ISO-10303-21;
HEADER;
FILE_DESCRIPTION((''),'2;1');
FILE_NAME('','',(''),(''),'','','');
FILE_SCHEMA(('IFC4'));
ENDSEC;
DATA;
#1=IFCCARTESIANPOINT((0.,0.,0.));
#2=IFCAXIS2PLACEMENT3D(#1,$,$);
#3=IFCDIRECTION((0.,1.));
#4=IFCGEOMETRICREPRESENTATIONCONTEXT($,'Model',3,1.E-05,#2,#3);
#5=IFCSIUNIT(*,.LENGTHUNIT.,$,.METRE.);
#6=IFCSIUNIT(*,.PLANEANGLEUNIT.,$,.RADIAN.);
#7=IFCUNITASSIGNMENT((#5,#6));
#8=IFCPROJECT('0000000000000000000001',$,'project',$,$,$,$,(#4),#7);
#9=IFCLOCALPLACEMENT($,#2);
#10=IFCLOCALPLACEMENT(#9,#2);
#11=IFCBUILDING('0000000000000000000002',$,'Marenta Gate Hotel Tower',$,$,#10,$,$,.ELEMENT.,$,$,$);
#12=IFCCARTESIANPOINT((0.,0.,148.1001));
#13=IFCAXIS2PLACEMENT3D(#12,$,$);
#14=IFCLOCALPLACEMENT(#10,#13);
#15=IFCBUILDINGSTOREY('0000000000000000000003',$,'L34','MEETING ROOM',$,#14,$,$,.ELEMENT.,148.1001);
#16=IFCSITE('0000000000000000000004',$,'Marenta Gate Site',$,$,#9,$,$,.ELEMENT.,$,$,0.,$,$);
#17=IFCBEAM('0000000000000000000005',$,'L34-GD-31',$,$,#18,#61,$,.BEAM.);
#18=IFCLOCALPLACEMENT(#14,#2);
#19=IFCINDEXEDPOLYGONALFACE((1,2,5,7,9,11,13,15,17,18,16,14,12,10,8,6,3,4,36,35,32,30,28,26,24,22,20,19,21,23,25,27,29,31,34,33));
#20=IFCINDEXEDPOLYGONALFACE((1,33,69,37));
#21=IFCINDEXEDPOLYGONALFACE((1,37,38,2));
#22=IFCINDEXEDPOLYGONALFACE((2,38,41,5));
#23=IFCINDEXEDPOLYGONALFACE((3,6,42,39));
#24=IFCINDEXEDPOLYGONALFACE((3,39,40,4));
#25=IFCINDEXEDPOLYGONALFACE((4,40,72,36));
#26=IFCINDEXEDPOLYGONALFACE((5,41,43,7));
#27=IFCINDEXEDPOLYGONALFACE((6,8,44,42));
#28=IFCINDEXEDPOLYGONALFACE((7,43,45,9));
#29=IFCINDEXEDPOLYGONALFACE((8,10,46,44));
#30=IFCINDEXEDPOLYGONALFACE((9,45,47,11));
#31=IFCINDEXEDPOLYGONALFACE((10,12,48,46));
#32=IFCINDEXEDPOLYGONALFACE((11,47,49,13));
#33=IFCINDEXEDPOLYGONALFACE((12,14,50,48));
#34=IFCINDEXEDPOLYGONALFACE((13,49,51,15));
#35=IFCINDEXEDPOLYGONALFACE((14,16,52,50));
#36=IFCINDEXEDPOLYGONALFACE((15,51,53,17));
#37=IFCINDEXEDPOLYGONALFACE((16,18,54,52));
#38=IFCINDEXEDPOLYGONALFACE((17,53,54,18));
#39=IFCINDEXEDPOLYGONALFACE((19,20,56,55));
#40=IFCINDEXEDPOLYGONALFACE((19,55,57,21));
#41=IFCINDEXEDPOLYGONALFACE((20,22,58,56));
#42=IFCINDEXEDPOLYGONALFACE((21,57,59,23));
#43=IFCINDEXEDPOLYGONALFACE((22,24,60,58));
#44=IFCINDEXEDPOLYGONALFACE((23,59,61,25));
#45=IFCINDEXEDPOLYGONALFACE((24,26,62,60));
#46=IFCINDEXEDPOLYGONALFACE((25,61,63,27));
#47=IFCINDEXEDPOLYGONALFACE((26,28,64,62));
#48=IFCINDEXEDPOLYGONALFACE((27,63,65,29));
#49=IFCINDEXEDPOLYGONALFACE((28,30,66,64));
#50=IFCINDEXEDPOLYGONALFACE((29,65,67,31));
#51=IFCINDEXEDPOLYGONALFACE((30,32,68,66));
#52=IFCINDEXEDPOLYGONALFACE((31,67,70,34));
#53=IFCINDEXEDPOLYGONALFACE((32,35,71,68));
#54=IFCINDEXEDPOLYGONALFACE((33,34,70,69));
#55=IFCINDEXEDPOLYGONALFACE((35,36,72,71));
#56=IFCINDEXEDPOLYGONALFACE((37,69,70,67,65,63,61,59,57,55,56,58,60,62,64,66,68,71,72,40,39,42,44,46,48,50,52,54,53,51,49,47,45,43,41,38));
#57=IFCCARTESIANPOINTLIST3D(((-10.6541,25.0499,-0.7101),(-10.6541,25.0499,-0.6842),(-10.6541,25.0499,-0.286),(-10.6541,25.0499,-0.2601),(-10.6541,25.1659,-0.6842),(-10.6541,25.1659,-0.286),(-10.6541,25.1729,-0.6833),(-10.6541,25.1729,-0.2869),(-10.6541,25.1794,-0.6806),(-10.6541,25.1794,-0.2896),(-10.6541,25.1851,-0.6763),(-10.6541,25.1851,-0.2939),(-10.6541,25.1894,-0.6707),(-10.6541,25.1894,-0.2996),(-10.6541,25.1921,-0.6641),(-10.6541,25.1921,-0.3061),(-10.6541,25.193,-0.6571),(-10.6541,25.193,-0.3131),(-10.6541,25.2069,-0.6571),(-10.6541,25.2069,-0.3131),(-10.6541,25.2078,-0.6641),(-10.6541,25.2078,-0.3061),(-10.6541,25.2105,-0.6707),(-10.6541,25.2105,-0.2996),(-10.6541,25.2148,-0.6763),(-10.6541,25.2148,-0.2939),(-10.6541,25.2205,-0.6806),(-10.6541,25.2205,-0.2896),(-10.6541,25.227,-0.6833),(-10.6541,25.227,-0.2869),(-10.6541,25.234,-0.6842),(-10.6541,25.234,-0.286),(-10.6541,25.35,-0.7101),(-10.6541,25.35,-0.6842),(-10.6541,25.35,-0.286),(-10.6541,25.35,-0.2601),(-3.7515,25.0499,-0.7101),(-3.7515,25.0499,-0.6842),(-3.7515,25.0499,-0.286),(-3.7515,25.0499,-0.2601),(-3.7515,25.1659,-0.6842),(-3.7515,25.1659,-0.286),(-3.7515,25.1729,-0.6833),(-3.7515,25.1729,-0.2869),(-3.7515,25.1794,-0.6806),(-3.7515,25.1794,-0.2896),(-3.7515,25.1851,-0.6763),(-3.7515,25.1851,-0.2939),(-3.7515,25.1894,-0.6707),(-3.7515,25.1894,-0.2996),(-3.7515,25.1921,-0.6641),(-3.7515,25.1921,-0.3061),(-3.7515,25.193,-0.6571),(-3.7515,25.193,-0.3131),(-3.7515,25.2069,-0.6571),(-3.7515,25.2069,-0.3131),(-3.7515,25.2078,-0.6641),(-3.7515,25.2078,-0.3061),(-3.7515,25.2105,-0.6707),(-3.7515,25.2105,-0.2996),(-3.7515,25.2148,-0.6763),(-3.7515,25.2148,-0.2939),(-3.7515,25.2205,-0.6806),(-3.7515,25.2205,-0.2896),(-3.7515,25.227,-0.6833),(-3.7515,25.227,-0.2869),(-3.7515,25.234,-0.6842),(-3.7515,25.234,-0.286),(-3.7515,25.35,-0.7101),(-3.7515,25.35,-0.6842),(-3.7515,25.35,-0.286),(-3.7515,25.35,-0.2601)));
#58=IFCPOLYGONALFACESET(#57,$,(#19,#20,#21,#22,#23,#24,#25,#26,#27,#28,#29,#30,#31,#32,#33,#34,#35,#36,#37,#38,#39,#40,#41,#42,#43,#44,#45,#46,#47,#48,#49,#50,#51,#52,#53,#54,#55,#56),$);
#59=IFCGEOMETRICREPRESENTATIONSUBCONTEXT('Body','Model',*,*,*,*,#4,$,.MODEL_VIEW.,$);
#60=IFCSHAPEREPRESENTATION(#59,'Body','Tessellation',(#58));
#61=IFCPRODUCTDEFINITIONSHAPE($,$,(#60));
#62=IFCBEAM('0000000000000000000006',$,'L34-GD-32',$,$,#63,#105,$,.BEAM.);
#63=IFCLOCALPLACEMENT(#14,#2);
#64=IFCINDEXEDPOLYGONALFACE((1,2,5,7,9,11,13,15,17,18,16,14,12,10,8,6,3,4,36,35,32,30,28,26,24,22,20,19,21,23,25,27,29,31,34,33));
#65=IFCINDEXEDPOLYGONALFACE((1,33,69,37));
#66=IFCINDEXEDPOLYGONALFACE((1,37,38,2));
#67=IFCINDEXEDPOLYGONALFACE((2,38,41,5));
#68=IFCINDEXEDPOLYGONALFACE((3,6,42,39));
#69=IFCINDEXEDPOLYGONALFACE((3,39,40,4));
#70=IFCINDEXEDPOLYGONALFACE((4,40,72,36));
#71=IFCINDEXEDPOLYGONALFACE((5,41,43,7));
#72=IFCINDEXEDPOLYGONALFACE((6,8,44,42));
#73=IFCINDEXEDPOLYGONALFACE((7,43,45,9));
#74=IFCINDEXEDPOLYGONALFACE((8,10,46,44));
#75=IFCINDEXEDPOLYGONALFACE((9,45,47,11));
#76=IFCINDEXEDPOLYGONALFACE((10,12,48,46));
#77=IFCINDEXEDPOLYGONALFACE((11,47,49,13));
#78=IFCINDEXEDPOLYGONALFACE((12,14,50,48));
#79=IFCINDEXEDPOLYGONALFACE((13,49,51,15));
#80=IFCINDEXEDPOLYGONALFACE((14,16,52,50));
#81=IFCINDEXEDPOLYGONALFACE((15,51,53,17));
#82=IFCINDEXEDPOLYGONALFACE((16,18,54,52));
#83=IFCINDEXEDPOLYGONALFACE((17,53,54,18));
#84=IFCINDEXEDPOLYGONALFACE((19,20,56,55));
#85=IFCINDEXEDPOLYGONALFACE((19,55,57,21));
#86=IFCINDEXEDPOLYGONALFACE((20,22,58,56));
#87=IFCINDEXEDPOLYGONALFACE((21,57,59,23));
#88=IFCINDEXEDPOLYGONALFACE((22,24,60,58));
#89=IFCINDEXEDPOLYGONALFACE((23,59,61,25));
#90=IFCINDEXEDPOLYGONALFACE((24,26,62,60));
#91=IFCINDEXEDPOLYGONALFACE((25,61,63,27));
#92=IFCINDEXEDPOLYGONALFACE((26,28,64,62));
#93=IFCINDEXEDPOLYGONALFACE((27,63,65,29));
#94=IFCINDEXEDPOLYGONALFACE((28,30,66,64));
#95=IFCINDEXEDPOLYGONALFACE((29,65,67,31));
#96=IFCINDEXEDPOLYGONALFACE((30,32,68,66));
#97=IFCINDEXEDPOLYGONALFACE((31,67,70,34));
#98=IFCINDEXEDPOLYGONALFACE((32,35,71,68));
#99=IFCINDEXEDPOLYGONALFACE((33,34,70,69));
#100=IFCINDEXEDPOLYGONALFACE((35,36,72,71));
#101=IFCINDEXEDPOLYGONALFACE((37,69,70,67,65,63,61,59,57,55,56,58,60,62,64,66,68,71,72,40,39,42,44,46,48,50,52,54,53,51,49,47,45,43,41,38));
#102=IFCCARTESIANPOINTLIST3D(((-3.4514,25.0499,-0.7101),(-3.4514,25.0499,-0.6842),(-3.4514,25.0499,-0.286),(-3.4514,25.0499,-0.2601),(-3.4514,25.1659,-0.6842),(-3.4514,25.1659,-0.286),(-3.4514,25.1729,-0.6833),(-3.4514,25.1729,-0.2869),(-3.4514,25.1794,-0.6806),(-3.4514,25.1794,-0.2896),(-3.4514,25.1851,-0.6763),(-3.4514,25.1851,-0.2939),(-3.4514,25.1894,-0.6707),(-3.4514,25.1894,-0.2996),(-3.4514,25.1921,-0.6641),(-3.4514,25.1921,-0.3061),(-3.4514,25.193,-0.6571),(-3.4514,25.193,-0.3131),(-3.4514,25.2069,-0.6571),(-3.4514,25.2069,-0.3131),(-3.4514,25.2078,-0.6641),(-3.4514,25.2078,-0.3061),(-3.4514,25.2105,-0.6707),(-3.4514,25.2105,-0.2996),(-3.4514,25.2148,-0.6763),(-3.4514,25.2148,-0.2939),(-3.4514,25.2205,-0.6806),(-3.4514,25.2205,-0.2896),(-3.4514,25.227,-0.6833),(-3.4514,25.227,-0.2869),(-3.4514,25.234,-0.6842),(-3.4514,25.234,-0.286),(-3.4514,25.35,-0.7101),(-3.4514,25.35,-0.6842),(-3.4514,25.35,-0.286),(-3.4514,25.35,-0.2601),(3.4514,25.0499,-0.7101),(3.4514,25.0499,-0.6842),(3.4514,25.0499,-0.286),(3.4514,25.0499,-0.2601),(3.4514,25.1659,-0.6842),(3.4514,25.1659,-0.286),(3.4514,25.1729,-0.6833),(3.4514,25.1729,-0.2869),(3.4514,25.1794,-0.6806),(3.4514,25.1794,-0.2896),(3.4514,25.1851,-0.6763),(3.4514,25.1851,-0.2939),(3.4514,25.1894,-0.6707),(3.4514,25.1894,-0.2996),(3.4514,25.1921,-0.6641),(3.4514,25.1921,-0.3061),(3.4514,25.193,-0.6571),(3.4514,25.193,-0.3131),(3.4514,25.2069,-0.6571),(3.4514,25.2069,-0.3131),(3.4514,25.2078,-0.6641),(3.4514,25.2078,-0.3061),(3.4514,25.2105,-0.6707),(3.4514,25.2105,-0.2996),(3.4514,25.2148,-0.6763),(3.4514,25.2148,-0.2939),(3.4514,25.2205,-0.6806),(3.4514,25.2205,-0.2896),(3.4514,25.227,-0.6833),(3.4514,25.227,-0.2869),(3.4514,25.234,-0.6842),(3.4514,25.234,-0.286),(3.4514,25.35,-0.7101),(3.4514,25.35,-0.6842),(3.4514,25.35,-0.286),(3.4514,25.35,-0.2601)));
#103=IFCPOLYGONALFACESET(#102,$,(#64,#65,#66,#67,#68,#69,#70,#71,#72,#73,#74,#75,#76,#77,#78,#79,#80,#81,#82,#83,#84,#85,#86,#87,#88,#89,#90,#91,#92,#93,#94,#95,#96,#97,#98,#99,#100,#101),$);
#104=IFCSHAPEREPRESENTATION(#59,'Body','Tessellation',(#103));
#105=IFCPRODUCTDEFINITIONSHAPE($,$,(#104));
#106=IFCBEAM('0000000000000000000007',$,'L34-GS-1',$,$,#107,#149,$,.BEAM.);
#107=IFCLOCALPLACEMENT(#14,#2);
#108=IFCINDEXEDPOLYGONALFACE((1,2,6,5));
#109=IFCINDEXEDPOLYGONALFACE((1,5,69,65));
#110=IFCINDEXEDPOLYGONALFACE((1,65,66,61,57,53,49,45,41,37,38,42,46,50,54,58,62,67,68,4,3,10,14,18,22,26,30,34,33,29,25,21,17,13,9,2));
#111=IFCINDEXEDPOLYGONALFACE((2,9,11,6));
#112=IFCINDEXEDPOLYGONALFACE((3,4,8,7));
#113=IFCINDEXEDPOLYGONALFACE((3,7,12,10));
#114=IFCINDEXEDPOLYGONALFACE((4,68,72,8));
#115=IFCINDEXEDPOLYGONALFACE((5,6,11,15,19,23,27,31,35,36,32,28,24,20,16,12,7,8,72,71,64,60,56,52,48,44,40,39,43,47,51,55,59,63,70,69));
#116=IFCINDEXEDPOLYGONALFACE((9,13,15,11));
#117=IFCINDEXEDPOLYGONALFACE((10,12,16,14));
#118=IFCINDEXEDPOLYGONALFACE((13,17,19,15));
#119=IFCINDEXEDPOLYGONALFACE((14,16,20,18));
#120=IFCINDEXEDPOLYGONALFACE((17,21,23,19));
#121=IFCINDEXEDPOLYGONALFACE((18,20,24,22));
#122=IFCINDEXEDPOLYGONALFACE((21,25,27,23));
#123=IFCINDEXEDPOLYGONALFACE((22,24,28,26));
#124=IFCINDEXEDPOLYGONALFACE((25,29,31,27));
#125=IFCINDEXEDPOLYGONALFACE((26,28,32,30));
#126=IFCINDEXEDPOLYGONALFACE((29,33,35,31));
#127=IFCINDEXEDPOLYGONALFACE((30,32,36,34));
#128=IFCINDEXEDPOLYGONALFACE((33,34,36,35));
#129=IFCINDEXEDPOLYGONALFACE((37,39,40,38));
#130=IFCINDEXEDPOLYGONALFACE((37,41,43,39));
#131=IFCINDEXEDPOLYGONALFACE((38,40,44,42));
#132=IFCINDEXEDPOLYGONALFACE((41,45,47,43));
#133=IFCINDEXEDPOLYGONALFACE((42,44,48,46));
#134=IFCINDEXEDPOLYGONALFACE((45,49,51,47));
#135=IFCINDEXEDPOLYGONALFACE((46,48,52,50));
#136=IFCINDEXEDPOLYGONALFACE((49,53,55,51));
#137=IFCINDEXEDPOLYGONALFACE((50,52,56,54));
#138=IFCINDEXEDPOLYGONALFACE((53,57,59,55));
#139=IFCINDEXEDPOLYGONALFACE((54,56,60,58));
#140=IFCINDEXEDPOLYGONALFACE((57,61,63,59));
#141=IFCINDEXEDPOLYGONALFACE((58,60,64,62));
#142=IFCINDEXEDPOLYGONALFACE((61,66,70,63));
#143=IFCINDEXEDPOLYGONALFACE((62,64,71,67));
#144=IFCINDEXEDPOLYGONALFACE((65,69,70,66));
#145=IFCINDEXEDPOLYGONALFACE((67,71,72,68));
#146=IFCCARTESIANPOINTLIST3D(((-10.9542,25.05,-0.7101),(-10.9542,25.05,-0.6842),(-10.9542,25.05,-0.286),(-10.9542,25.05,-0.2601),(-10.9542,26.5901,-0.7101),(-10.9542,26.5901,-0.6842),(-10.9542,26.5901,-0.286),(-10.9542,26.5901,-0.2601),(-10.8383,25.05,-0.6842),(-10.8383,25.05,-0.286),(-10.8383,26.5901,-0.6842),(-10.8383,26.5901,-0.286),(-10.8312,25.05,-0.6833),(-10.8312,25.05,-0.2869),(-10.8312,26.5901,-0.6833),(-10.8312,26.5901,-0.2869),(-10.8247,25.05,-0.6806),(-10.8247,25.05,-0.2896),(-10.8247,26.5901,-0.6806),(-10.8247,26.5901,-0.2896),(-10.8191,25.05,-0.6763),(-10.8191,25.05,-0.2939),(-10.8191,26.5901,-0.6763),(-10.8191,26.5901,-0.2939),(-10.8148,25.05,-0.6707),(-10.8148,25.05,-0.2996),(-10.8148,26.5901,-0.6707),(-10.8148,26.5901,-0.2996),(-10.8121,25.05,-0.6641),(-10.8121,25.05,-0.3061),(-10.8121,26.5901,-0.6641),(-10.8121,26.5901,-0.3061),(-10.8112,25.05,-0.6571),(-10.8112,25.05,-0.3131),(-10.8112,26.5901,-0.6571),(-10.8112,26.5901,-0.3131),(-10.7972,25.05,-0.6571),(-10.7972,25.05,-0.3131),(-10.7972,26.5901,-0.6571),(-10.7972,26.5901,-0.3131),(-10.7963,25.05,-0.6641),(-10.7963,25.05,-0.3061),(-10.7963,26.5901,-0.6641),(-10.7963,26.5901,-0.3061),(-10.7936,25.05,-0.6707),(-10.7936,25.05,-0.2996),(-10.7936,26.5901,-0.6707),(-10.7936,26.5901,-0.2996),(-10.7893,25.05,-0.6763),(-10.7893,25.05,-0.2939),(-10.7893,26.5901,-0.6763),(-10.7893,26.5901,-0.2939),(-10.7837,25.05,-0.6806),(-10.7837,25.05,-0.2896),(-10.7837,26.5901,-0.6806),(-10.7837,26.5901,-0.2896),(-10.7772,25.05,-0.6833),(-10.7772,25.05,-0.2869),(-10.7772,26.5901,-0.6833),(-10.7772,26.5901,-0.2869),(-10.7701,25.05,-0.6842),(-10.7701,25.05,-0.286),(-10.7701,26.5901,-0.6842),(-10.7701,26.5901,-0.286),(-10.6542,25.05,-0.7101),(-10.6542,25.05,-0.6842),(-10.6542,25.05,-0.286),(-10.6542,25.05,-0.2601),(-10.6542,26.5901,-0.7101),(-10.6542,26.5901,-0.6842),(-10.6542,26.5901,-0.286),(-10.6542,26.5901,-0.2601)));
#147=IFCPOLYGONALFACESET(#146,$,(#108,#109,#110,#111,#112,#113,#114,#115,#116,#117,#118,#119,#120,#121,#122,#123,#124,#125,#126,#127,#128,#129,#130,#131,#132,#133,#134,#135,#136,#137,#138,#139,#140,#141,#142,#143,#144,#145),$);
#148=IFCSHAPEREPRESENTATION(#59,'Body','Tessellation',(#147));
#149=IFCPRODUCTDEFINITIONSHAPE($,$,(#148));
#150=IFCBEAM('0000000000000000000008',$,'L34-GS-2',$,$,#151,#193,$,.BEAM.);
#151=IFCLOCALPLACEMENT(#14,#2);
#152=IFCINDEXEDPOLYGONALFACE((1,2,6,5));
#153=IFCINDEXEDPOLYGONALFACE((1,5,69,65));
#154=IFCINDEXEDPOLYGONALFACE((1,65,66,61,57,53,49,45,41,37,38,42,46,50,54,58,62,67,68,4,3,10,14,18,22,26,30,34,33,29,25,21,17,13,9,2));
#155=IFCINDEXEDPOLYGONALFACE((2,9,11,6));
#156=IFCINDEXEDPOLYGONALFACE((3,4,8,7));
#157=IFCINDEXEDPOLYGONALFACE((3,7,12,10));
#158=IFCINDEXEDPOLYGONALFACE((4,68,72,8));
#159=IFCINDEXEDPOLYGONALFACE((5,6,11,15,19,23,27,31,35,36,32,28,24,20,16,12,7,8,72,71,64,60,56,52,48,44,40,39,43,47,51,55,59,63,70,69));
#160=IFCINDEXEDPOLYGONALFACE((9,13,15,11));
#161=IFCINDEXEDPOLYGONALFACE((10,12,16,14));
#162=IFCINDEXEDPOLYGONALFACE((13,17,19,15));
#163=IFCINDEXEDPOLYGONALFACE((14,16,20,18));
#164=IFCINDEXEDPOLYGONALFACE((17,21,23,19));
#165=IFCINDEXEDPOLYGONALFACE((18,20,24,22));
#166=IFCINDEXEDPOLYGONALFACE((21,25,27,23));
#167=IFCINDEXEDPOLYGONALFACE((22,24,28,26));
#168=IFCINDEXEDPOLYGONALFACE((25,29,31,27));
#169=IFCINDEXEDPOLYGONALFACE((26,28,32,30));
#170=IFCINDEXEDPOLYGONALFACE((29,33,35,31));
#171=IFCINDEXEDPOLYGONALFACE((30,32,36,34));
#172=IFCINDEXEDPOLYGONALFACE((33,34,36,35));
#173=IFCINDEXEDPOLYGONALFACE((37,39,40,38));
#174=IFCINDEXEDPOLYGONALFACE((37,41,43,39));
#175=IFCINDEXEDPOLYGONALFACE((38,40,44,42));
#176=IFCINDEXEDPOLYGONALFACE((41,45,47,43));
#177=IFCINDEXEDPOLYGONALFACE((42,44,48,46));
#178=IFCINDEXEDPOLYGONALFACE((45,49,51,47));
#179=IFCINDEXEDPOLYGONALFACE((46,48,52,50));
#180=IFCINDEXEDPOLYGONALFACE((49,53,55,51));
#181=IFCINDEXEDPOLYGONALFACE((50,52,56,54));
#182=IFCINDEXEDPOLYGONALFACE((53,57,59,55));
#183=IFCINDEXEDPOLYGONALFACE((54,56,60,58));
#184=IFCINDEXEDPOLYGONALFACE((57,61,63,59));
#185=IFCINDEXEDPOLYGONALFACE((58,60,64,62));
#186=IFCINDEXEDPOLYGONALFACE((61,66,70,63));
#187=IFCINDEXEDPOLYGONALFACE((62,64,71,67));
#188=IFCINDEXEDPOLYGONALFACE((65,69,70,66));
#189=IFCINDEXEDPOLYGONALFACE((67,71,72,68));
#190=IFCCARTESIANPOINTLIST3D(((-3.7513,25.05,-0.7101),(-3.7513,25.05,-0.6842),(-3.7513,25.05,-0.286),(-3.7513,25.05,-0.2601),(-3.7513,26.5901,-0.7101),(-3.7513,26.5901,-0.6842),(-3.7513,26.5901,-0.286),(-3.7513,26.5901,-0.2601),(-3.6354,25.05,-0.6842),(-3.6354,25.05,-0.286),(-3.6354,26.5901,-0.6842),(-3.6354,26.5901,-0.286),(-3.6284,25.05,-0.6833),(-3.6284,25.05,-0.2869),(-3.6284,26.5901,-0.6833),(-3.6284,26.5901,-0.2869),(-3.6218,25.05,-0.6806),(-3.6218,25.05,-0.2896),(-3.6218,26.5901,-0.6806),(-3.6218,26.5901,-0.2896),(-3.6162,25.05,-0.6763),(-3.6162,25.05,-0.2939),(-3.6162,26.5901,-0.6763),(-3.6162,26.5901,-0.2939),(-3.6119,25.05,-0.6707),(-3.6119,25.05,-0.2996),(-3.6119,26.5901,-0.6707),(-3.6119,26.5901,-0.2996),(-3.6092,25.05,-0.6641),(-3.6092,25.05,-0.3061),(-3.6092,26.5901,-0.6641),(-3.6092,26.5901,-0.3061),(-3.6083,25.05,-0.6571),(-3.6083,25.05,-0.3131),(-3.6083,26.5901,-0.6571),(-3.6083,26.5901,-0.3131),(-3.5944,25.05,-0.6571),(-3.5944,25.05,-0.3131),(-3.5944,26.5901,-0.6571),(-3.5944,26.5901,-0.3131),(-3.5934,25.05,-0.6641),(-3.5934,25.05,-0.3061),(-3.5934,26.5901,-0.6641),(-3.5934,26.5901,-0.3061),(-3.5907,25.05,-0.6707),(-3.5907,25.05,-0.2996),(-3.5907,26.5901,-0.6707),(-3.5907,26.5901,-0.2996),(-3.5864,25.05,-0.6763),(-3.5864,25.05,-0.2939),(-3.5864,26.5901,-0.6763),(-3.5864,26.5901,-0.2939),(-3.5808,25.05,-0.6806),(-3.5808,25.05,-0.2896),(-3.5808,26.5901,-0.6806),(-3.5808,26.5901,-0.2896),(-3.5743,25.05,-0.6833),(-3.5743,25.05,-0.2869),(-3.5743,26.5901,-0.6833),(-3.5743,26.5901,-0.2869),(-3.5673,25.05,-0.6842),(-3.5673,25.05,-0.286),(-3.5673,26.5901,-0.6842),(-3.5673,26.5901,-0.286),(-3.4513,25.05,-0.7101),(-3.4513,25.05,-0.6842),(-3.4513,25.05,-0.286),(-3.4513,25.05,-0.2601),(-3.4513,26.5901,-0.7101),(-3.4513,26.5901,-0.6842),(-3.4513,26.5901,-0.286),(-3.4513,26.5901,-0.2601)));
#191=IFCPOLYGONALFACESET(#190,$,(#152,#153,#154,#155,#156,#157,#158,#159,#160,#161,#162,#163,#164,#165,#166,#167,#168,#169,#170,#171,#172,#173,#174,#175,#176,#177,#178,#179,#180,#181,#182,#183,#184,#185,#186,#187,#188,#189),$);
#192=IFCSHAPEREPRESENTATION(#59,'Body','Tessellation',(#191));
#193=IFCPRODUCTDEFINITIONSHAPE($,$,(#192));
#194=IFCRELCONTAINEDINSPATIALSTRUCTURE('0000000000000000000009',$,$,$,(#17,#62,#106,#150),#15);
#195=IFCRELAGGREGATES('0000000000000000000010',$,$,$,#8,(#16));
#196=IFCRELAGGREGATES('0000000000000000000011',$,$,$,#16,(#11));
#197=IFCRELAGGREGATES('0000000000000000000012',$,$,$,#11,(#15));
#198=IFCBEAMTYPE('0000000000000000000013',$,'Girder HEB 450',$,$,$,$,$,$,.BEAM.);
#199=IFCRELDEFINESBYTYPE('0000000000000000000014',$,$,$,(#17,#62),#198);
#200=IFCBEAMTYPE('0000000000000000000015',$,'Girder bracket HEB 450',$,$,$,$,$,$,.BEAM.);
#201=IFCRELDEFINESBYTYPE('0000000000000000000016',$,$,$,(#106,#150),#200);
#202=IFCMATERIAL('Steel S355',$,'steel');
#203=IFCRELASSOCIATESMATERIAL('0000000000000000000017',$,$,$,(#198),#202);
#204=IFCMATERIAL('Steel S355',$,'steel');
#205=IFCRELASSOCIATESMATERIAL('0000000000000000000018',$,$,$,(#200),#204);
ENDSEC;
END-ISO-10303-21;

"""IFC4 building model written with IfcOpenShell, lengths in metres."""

from ifc_helpers import new_model, si_unit, direction, frame, origin, origin_2d, place, context, subcontext, project, spatial, i_section, extrude, material, material_profile, profile_set, type_object, element, save


model = new_model("IFC4")

# Units and contexts
model_context = context("Model", 3, precision=1e-05, world=origin(), true_north=direction((0.0, 1.0)))
body_context = subcontext(model_context, "Body", "Model", "MODEL_VIEW")
ifc_project = project(units=[si_unit("LENGTHUNIT", "METRE"), si_unit("PLANEANGLEUNIT", "RADIAN")], contexts=[model_context])

# Site, building, storey
site_placement = place(None, origin())
site = spatial("IfcSite", under=ifc_project, at=site_placement, Name="Marenta Gate Site", CompositionType="ELEMENT", RefElevation=0.0)
building_placement = place(site_placement, origin())
building = spatial("IfcBuilding", under=site, at=building_placement, Name="Marenta Gate Hotel Tower", CompositionType="ELEMENT")
storey_placement = place(building_placement, frame((0.0, 0.0, 148.1001)))
storey = spatial("IfcBuildingStorey", under=building, at=storey_placement, Name="L34", Description="MEETING ROOM", CompositionType="ELEMENT", Elevation=148.1001)

# Beams
ifc_material_1 = material(Name="Steel S355", Category="steel")
ifc_material_profile_1 = material_profile(ifc_material_1, i_section(OverallWidth=0.3, OverallDepth=0.45, WebThickness=0.0139, FlangeThickness=0.0259, FilletRadius=0.0271, at=origin_2d()), Name="HEB 450")
ifc_profile_set_1 = profile_set([ifc_material_profile_1], Name="Steel S355")
beam_type_1 = type_object("IfcBeamType", Name="Girder HEB 450", PredefinedType="BEAM", material=ifc_profile_set_1)
beam_1_placement = place(storey_placement, frame((-10.6541, 25.2, -0.4851), z_axis=(1.0, 0.0, 0.0), x_axis=(0.0, 1.0, 0.0)))
element("IfcBeam", 1, at=beam_1_placement, inside=storey, type_object=beam_type_1, Name="L34-GD-31", PredefinedType="BEAM", context=body_context, shape_type="SweptSolid", body=[
    extrude(i_section(OverallWidth=0.3, OverallDepth=0.45, WebThickness=0.0139, FlangeThickness=0.0259, FilletRadius=0.0271, at=origin_2d()), origin(), (0.0, 0.0, 1.0), 6.9026),
])
beam_2_placement = place(storey_placement, frame((-3.4514, 25.2, -0.4851), z_axis=(1.0, 0.0, 0.0), x_axis=(0.0, 1.0, 0.0)))
element("IfcBeam", 2, at=beam_2_placement, inside=storey, type_object=beam_type_1, Name="L34-GD-32", PredefinedType="BEAM", context=body_context, shape_type="SweptSolid", body=[
    extrude(i_section(OverallWidth=0.3, OverallDepth=0.45, WebThickness=0.0139, FlangeThickness=0.0259, FilletRadius=0.0271, at=origin_2d()), origin(), (0.0, 0.0, 1.0), 6.9028),
])
ifc_material_2 = material(Name="Steel S355", Category="steel")
ifc_material_profile_2 = material_profile(ifc_material_2, i_section(OverallWidth=0.3, OverallDepth=0.45, WebThickness=0.0139, FlangeThickness=0.0259, FilletRadius=0.0271, at=origin_2d()), Name="HEB 450")
ifc_profile_set_2 = profile_set([ifc_material_profile_2], Name="Steel S355")
beam_type_2 = type_object("IfcBeamType", Name="Girder bracket HEB 450", PredefinedType="BEAM", material=ifc_profile_set_2)
for number, where, z_axis, x_axis, name in (
    (3, (-10.8042, 25.05, -0.4851), (0.0, 1.0, 0.0), (-1.0, 0.0, 0.0), "L34-GS-1"),
    (4, (-3.6013, 25.05, -0.4851), (0.0, 1.0, 0.0), (-1.0, 0.0, 0.0), "L34-GS-2"),
):
    element("IfcBeam", number, at=place(storey_placement, frame(where, z_axis=z_axis, x_axis=x_axis)), inside=storey, type_object=beam_type_2, Name=name, PredefinedType="BEAM", context=body_context, shape_type="SweptSolid", body=[
        extrude(i_section(OverallWidth=0.3, OverallDepth=0.45, WebThickness=0.0139, FlangeThickness=0.0259, FilletRadius=0.0271, at=origin_2d()), origin(), (0.0, 0.0, 1.0), 1.54),
    ])

save(model, "model.ifc")
